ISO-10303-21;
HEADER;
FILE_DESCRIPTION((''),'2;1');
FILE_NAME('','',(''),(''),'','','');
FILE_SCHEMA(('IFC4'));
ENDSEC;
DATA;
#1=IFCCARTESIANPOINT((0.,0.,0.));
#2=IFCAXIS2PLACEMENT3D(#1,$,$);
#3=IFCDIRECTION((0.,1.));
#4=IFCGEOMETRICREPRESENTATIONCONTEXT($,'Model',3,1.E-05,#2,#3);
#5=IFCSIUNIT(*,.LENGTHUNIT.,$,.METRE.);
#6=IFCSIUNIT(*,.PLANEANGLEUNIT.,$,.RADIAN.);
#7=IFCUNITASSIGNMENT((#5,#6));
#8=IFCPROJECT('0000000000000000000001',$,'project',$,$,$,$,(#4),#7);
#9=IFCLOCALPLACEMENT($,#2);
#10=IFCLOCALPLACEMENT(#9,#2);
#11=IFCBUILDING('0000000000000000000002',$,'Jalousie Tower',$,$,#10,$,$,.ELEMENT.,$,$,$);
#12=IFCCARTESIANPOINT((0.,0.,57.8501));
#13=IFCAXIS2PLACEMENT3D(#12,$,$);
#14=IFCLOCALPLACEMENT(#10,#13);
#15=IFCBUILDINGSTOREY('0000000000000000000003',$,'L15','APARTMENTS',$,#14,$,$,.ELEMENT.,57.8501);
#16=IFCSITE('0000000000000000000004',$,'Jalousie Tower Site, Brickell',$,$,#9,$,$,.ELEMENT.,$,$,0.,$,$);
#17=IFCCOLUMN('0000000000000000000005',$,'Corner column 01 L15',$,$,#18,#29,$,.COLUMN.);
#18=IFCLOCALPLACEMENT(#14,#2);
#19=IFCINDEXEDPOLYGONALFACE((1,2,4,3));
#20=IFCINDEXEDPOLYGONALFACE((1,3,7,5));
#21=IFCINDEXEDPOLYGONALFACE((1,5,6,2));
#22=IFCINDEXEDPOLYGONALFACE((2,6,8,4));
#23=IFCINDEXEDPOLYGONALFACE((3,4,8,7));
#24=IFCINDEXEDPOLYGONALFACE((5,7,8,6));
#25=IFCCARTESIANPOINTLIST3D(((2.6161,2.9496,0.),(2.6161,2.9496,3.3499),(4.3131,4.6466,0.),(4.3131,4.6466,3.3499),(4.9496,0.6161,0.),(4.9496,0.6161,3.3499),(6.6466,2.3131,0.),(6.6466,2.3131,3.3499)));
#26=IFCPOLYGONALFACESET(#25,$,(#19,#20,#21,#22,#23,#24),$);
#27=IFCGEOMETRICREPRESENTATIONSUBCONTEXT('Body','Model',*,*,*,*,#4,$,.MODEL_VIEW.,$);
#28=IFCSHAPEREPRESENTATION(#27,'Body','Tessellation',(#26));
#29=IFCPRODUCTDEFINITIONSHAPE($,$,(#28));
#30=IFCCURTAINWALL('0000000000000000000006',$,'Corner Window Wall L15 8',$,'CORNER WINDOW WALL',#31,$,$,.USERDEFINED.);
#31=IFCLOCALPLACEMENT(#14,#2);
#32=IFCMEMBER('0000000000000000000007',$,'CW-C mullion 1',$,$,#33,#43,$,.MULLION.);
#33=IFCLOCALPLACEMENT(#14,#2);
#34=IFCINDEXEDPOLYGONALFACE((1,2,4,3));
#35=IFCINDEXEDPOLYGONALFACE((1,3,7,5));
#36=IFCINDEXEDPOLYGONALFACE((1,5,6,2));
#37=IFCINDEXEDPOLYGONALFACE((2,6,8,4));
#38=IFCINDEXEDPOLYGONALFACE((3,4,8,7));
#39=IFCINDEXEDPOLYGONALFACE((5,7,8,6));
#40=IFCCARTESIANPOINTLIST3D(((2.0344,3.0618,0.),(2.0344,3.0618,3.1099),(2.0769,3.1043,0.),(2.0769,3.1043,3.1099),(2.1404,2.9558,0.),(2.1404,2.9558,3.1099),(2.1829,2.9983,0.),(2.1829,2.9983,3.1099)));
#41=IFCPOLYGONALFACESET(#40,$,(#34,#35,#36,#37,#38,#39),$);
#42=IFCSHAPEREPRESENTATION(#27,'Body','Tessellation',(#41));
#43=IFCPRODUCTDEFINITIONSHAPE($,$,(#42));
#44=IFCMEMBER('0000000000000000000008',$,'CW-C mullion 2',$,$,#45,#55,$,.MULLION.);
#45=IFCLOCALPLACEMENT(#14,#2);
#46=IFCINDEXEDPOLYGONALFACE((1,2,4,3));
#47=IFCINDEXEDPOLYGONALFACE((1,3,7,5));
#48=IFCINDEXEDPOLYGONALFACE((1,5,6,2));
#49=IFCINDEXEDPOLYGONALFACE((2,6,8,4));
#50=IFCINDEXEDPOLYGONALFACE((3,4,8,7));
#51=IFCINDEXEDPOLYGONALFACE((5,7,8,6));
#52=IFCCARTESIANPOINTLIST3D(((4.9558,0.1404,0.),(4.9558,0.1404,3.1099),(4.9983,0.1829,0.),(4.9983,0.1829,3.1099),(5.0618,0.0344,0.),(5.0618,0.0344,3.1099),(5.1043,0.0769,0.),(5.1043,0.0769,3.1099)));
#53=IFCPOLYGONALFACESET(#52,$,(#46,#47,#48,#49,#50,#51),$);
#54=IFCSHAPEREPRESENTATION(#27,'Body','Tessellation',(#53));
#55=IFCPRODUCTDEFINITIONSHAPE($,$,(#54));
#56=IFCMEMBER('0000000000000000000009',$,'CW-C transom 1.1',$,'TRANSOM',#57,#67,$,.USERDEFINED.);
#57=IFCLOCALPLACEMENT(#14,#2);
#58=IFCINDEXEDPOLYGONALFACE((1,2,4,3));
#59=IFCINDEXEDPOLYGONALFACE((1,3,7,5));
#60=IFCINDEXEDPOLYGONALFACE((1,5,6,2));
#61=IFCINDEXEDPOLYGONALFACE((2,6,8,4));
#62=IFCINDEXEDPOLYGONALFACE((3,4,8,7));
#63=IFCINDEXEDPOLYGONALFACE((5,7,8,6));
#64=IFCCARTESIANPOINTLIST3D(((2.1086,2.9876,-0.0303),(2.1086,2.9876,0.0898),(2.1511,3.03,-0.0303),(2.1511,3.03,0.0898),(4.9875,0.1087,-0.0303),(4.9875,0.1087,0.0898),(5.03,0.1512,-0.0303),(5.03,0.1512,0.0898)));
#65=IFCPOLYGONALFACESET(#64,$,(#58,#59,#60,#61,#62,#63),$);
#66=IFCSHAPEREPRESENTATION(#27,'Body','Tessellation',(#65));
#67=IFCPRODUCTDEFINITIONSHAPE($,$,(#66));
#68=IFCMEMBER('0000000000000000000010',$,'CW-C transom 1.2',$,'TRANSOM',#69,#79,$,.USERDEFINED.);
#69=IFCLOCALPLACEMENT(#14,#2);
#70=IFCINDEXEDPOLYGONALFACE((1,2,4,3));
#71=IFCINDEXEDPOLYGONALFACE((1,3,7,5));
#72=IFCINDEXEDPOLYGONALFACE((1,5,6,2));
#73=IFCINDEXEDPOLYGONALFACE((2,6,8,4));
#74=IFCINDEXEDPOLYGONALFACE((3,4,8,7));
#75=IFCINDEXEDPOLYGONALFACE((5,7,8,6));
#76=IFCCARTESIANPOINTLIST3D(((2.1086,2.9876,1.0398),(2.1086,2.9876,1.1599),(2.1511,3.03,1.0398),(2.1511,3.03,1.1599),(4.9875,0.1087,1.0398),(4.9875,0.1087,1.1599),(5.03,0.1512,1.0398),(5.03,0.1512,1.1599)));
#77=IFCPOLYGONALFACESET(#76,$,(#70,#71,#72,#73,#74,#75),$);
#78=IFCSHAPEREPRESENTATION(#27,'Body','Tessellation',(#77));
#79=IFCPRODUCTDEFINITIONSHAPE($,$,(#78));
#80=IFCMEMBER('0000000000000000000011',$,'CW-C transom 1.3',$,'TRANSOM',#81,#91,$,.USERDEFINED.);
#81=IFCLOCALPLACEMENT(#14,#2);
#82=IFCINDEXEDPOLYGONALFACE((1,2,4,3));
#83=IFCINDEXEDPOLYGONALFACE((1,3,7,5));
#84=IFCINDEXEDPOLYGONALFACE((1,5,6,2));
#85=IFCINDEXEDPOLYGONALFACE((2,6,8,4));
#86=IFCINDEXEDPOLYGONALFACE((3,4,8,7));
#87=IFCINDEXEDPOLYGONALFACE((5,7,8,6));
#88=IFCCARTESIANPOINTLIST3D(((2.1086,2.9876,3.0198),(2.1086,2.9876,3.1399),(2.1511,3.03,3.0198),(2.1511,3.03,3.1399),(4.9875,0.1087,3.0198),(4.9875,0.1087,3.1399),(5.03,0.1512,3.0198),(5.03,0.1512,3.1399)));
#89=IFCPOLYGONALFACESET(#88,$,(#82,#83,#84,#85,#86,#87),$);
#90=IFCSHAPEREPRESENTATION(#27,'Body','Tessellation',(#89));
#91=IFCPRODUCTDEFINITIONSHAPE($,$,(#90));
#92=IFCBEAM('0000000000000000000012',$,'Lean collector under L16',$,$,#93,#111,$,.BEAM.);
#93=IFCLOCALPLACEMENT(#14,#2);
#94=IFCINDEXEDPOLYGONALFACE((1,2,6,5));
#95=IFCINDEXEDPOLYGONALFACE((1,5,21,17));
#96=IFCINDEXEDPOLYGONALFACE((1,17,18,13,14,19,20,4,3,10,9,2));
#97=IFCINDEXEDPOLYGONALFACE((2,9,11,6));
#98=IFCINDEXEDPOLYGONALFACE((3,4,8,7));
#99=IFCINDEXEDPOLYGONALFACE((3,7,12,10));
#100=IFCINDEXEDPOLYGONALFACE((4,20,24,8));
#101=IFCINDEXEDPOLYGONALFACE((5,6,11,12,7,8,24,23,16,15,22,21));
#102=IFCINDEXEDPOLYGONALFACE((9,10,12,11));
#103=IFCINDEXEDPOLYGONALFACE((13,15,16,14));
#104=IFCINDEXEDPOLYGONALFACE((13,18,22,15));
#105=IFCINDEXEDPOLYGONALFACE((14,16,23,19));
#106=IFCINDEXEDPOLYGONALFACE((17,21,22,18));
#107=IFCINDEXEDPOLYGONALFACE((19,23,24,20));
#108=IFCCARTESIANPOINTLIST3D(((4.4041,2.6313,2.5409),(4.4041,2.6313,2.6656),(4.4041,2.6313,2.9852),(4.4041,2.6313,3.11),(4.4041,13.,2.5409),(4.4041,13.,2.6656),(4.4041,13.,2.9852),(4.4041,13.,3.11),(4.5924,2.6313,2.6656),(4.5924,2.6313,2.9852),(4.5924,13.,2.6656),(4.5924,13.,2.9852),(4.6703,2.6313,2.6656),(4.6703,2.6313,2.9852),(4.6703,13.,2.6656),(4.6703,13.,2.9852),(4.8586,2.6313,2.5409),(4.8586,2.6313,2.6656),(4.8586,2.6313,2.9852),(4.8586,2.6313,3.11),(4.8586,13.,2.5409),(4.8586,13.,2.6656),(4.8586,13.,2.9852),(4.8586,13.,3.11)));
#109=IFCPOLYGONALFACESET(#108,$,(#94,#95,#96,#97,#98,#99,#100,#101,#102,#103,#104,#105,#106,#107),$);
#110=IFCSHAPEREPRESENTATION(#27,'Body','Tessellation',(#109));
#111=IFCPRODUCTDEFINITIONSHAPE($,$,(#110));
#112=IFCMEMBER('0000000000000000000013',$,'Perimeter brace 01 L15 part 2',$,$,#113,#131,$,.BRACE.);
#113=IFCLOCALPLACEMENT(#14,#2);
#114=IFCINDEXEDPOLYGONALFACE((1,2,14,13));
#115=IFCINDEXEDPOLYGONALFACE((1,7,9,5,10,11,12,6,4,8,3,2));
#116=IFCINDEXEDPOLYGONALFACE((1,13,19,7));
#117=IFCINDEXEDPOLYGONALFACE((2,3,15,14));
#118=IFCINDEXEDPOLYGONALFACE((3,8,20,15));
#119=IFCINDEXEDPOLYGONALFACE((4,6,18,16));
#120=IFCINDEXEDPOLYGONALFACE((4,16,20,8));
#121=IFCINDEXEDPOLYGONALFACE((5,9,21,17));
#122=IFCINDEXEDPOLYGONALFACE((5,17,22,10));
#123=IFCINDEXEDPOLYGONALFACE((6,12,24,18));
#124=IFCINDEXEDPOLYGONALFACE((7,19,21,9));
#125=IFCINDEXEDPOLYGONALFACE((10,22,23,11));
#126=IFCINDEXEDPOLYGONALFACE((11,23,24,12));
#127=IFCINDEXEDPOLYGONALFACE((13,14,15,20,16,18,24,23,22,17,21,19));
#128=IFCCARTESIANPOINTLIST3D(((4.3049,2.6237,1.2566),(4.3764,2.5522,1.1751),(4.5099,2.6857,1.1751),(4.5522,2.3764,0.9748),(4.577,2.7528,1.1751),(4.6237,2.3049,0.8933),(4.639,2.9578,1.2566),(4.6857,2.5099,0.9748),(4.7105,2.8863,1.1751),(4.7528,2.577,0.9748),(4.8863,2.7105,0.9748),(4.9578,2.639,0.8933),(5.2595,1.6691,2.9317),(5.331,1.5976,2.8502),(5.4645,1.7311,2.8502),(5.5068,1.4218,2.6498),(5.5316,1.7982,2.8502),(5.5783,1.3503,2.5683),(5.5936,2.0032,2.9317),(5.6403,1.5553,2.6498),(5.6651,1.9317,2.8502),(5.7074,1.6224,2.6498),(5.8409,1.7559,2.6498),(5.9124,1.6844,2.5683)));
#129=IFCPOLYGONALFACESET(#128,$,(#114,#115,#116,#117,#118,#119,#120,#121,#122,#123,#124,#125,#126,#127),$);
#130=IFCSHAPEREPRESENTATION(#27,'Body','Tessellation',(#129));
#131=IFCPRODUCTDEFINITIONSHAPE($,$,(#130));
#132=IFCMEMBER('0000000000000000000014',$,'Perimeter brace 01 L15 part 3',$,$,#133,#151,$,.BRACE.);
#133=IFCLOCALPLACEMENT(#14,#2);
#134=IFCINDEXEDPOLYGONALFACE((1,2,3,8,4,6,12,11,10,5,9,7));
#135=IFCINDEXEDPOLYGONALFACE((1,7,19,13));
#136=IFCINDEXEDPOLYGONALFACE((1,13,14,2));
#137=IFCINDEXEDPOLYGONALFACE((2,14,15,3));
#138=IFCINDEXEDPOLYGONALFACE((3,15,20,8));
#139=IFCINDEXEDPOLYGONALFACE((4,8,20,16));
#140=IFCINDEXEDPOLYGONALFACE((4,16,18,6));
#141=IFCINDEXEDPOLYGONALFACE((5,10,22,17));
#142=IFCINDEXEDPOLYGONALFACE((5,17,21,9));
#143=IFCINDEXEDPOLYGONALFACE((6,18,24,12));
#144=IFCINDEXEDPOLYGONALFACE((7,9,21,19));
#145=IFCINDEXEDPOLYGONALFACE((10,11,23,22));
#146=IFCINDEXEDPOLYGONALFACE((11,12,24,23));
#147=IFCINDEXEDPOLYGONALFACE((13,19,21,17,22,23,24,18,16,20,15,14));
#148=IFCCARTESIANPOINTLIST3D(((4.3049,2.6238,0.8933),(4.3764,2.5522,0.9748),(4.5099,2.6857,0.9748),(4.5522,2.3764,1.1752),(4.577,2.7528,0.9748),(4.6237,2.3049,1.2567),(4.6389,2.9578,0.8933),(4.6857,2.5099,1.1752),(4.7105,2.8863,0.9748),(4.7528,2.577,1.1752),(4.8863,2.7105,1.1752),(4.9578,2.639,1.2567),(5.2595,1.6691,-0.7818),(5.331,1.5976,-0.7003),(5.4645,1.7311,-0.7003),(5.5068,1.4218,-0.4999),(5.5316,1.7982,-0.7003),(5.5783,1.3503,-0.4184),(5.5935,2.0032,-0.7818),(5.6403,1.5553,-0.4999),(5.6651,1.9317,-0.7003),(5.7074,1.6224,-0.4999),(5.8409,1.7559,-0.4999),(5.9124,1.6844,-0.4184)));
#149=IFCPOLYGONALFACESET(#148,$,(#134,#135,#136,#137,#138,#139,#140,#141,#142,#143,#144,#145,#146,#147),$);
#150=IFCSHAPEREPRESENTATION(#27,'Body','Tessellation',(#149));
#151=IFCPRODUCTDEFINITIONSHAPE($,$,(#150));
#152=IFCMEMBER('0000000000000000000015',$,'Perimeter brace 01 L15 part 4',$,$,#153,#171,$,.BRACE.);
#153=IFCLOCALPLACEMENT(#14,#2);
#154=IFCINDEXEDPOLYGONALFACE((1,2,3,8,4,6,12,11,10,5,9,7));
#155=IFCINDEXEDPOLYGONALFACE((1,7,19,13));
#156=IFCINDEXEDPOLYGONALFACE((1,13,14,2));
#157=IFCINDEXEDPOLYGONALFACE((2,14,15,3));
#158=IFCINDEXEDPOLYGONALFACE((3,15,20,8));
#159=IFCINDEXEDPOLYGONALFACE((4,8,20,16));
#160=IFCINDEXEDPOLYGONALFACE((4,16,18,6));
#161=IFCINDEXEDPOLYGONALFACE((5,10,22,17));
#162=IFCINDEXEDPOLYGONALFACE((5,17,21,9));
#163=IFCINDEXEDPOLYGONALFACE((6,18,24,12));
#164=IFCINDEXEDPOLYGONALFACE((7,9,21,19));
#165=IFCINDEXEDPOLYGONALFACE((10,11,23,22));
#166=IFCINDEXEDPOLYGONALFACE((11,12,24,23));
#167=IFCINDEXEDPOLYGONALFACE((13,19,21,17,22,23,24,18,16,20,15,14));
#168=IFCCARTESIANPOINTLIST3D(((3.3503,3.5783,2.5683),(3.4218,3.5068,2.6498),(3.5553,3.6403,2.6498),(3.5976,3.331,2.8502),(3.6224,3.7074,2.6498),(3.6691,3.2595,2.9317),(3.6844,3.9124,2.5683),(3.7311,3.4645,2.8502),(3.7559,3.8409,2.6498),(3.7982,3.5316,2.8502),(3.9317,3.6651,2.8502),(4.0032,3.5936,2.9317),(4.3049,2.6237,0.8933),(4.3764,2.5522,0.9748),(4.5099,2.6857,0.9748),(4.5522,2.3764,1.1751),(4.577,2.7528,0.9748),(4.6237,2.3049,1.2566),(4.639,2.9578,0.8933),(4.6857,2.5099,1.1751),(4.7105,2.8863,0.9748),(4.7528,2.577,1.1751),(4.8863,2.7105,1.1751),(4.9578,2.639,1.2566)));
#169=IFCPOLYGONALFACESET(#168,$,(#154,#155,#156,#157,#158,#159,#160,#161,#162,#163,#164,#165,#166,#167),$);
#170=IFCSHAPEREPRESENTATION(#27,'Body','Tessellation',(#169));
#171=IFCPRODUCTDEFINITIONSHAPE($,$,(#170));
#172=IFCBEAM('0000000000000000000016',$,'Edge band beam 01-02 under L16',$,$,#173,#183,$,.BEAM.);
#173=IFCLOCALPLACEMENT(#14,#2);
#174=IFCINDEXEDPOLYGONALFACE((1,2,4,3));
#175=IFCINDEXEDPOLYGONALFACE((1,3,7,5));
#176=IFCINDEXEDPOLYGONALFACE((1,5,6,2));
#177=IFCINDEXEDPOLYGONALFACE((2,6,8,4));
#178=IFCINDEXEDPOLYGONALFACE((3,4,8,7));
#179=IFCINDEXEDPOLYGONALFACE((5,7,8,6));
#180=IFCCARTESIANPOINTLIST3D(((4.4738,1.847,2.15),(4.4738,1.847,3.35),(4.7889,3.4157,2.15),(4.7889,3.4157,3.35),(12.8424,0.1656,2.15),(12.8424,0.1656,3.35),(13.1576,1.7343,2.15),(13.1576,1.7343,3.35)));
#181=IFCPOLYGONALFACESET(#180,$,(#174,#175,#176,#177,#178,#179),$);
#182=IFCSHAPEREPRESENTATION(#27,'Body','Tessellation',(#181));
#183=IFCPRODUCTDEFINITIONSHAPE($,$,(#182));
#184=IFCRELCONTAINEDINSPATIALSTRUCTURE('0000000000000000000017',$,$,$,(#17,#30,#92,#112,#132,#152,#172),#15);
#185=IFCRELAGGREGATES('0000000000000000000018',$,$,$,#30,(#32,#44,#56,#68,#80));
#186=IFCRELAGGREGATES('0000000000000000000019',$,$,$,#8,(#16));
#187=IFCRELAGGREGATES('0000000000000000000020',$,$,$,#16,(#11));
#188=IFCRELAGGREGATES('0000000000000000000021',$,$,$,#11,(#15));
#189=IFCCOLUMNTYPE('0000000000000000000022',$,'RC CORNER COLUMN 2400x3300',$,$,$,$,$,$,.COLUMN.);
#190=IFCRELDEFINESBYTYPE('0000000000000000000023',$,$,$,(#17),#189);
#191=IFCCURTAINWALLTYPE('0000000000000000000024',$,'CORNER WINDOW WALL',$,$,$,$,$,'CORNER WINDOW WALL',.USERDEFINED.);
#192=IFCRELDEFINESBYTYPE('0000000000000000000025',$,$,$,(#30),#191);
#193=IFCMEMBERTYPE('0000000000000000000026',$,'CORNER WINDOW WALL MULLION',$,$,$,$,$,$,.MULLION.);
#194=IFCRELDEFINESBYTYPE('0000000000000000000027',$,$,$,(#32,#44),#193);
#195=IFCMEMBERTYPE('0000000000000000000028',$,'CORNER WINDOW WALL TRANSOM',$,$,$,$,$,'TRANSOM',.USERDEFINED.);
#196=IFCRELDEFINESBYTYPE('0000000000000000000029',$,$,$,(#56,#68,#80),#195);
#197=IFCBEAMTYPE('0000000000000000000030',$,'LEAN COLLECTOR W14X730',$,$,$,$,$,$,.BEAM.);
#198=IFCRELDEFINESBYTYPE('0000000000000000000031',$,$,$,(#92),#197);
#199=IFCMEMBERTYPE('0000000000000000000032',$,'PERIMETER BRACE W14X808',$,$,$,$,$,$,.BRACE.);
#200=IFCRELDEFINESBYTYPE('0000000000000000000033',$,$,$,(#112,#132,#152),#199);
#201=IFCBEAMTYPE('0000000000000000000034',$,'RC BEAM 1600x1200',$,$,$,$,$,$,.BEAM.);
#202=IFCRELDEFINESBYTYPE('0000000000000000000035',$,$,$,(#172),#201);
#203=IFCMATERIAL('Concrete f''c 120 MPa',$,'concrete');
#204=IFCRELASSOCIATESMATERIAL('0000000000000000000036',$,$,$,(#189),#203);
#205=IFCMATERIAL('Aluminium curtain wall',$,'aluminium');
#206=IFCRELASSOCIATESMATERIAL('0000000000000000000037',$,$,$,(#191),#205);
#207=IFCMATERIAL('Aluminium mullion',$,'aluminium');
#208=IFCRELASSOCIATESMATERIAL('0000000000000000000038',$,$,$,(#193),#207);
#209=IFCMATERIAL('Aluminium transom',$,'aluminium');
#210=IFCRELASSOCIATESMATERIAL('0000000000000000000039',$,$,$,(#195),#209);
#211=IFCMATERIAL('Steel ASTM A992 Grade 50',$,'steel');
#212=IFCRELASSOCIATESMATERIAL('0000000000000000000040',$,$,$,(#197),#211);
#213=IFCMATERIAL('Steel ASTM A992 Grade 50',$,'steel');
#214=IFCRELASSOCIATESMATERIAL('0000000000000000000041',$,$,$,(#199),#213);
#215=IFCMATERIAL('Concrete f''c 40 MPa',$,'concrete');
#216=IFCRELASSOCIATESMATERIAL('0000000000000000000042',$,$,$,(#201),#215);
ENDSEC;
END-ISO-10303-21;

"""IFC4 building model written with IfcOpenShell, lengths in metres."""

from ifc_helpers import new_model, si_unit, direction, frame, origin, origin_2d, place, context, subcontext, project, spatial, rectangle, i_section, extrude, material, material_profile, profile_set, type_object, element, aggregate, save


model = new_model("IFC4")

# Units and contexts
model_context = context("Model", 3, precision=1e-05, world=origin(), true_north=direction((0.0, 1.0)))
body_context = subcontext(model_context, "Body", "Model", "MODEL_VIEW")
ifc_project = project(units=[si_unit("LENGTHUNIT", "METRE"), si_unit("PLANEANGLEUNIT", "RADIAN")], contexts=[model_context])

# Site, building, storey
site_placement = place(None, origin())
site = spatial("IfcSite", under=ifc_project, at=site_placement, Name="Jalousie Tower Site, Brickell", CompositionType="ELEMENT", RefElevation=0.0)
building_placement = place(site_placement, origin())
building = spatial("IfcBuilding", under=site, at=building_placement, Name="Jalousie Tower", CompositionType="ELEMENT")
storey_placement = place(building_placement, frame((0.0, 0.0, 57.8501)))
storey = spatial("IfcBuildingStorey", under=building, at=storey_placement, Name="L15", Description="APARTMENTS", CompositionType="ELEMENT", Elevation=57.8501)

# Column
ifc_material_1 = material(Name="Concrete f'c 120 MPa", Category="concrete")
ifc_material_profile_1 = material_profile(ifc_material_1, rectangle(XDim=2.3999, YDim=3.3, at=origin_2d()), Name="RC 2400x3300")
ifc_profile_set_1 = profile_set([ifc_material_profile_1], Name="Concrete f'c 120 MPa")
column_type = type_object("IfcColumnType", Name="RC CORNER COLUMN 2400x3300", PredefinedType="COLUMN", material=ifc_profile_set_1)
column_placement = place(storey_placement, frame((4.6313, 2.6313, 0.0), z_axis=(0.0, 0.0, 1.0), x_axis=(0.707107, 0.707107, 0.0)))
element("IfcColumn", 1, at=column_placement, inside=storey, type_object=column_type, Name="Corner column 01 L15", PredefinedType="COLUMN", context=body_context, shape_type="SweptSolid", body=[
    extrude(rectangle(XDim=2.3999, YDim=3.3, at=origin_2d()), origin(), (0.0, 0.0, 1.0), 3.3499),
])

# Curtain wall, members
ifc_material_2 = material(Name="Aluminium curtain wall", Category="aluminium")
curtain_wall_type_1 = type_object("IfcCurtainWallType", Name="CORNER WINDOW WALL", ElementType="CORNER WINDOW WALL", PredefinedType="USERDEFINED", material=ifc_material_2)
curtain_wall_1_placement = place(storey_placement, origin())
curtain_wall_1 = element("IfcCurtainWall", 2, at=curtain_wall_1_placement, inside=storey, type_object=curtain_wall_type_1, Name="Corner Window Wall L15 8", ObjectType="CORNER WINDOW WALL", PredefinedType="USERDEFINED")
ifc_material_3 = material(Name="Aluminium mullion", Category="aluminium")
ifc_material_profile_2 = material_profile(ifc_material_3, rectangle(XDim=0.0601, YDim=0.1499, at=origin_2d()), Name="MULLION 60x150")
ifc_profile_set_2 = profile_set([ifc_material_profile_2], Name="Aluminium mullion")
member_type_1 = type_object("IfcMemberType", Name="CORNER WINDOW WALL MULLION", PredefinedType="MULLION", material=ifc_profile_set_2)
member_1_placement = place(storey_placement, frame((2.1086, 3.03, 0.0), z_axis=(0.0, 0.0, 1.0), x_axis=(0.707107, 0.707107, 0.0)))
member_1 = element("IfcMember", 3, at=member_1_placement, type_object=member_type_1, Name="CW-C mullion 1", PredefinedType="MULLION", context=body_context, shape_type="SweptSolid", body=[
    extrude(rectangle(XDim=0.0601, YDim=0.1499, at=origin_2d()), origin(), (0.0, 0.0, 1.0), 3.1099),
])
member_2_placement = place(storey_placement, frame((5.03, 0.1086, 0.0), z_axis=(0.0, 0.0, 1.0), x_axis=(0.707107, 0.707107, 0.0)))
member_2 = element("IfcMember", 4, at=member_2_placement, type_object=member_type_1, Name="CW-C mullion 2", PredefinedType="MULLION", context=body_context, shape_type="SweptSolid", body=[
    extrude(rectangle(XDim=0.0601, YDim=0.1499, at=origin_2d()), origin(), (0.0, 0.0, 1.0), 3.1099),
])
ifc_material_4 = material(Name="Aluminium transom", Category="aluminium")
ifc_material_profile_3 = material_profile(ifc_material_4, rectangle(XDim=0.0601, YDim=0.1201, at=origin_2d()), Name="TRANSOM 60x120")
ifc_profile_set_3 = profile_set([ifc_material_profile_3], Name="Aluminium transom")
member_type_2 = type_object("IfcMemberType", Name="CORNER WINDOW WALL TRANSOM", ElementType="TRANSOM", PredefinedType="USERDEFINED", material=ifc_profile_set_3)
member_3_placement = place(storey_placement, frame((2.1299, 3.0088, 0.0298), z_axis=(0.707107, -0.707107, 0.0), x_axis=(0.707107, 0.707107, 0.0)))
member_3 = element("IfcMember", 5, at=member_3_placement, type_object=member_type_2, Name="CW-C transom 1.1", ObjectType="TRANSOM", PredefinedType="USERDEFINED", context=body_context, shape_type="SweptSolid", body=[
    extrude(rectangle(XDim=0.0601, YDim=0.1201, at=origin_2d()), origin(), (0.0, 0.0, 1.0), 4.0713),
])
member_4_placement = place(storey_placement, frame((2.1299, 3.0088, 1.0999), z_axis=(0.707107, -0.707107, 0.0), x_axis=(0.707107, 0.707107, 0.0)))
member_4 = element("IfcMember", 6, at=member_4_placement, type_object=member_type_2, Name="CW-C transom 1.2", ObjectType="TRANSOM", PredefinedType="USERDEFINED", context=body_context, shape_type="SweptSolid", body=[
    extrude(rectangle(XDim=0.0601, YDim=0.1201, at=origin_2d()), origin(), (0.0, 0.0, 1.0), 4.0713),
])
member_5_placement = place(storey_placement, frame((2.1299, 3.0088, 3.0798), z_axis=(0.707107, -0.707107, 0.0), x_axis=(0.707107, 0.707107, 0.0)))
member_5 = element("IfcMember", 7, at=member_5_placement, type_object=member_type_2, Name="CW-C transom 1.3", ObjectType="TRANSOM", PredefinedType="USERDEFINED", context=body_context, shape_type="SweptSolid", body=[
    extrude(rectangle(XDim=0.0601, YDim=0.1201, at=origin_2d()), origin(), (0.0, 0.0, 1.0), 4.0713),
])

# Beam
ifc_material_5 = material(Name="Steel ASTM A992 Grade 50", Category="steel")
ifc_material_profile_4 = material_profile(ifc_material_5, i_section(OverallWidth=0.4546, OverallDepth=0.5691, WebThickness=0.0779, FlangeThickness=0.1248, at=origin_2d()), Name="W14X730")
ifc_profile_set_4 = profile_set([ifc_material_profile_4], Name="Steel ASTM A992 Grade 50")
beam_type_1 = type_object("IfcBeamType", Name="LEAN COLLECTOR W14X730", PredefinedType="BEAM", material=ifc_profile_set_4)
beam_1_placement = place(storey_placement, frame((4.6313, 2.6313, 2.8254), z_axis=(0.0, 1.0, 0.0), x_axis=(-1.0, 0.0, 0.0)))
element("IfcBeam", 8, at=beam_1_placement, inside=storey, type_object=beam_type_1, Name="Lean collector under L16", PredefinedType="BEAM", context=body_context, shape_type="SweptSolid", body=[
    extrude(i_section(OverallWidth=0.4546, OverallDepth=0.5691, WebThickness=0.0779, FlangeThickness=0.1248, at=origin_2d()), origin(), (0.0, 0.0, 1.0), 10.3687),
])

# Members
ifc_material_6 = material(Name="Steel ASTM A992 Grade 50", Category="steel")
ifc_material_profile_5 = material_profile(ifc_material_6, i_section(OverallWidth=0.4724, OverallDepth=0.5791, WebThickness=0.095, FlangeThickness=0.1299, at=origin_2d()), Name="W14X808")
ifc_profile_set_5 = profile_set([ifc_material_profile_5], Name="Steel ASTM A992 Grade 50")
member_type_3 = type_object("IfcMemberType", Name="PERIMETER BRACE W14X808", PredefinedType="BRACE", material=ifc_profile_set_5)
for number, where, z_axis, x_axis, name in (
    (9, (4.6313, 2.6313, 1.075), (0.443718, -0.443718, 0.778607), (0.707107, 0.707107, 0.0), "Perimeter brace 01 L15 part 2"),
    (10, (5.5859, 1.6768, -0.6001), (-0.443718, 0.443718, 0.778607), (-0.707107, -0.707107, 0.0), "Perimeter brace 01 L15 part 3"),
    (11, (4.6313, 2.6313, 1.075), (-0.443718, 0.443718, 0.778607), (-0.707107, -0.707107, 0.0), "Perimeter brace 01 L15 part 4"),
):
    element("IfcMember", number, at=place(storey_placement, frame(where, z_axis=z_axis, x_axis=x_axis)), inside=storey, type_object=member_type_3, Name=name, PredefinedType="BRACE", context=body_context, shape_type="SweptSolid", body=[
        extrude(i_section(OverallWidth=0.4724, OverallDepth=0.5791, WebThickness=0.095, FlangeThickness=0.1299, at=origin_2d()), origin(), (0.0, 0.0, 1.0), 2.1514),
    ])

# Beam
ifc_material_7 = material(Name="Concrete f'c 40 MPa", Category="concrete")
ifc_material_profile_6 = material_profile(ifc_material_7, rectangle(XDim=1.6001, YDim=1.2, at=origin_2d()), Name="RC 1600x1200")
ifc_profile_set_6 = profile_set([ifc_material_profile_6], Name="Concrete f'c 40 MPa")
beam_type_2 = type_object("IfcBeamType", Name="RC BEAM 1600x1200", PredefinedType="BEAM", material=ifc_profile_set_6)
beam_2_placement = place(storey_placement, frame((4.6313, 2.6313, 2.75), z_axis=(0.980408, -0.19698, 0.0), x_axis=(0.19698, 0.980408, 0.0)))
element("IfcBeam", 12, at=beam_2_placement, inside=storey, type_object=beam_type_2, Name="Edge band beam 01-02 under L16", PredefinedType="BEAM", context=body_context, shape_type="SweptSolid", body=[
    extrude(rectangle(XDim=1.6001, YDim=1.2, at=origin_2d()), origin(), (0.0, 0.0, 1.0), 8.5359),
])

aggregate(curtain_wall_1, [member_1, member_2, member_3, member_4, member_5])

save(model, "model.ifc")
